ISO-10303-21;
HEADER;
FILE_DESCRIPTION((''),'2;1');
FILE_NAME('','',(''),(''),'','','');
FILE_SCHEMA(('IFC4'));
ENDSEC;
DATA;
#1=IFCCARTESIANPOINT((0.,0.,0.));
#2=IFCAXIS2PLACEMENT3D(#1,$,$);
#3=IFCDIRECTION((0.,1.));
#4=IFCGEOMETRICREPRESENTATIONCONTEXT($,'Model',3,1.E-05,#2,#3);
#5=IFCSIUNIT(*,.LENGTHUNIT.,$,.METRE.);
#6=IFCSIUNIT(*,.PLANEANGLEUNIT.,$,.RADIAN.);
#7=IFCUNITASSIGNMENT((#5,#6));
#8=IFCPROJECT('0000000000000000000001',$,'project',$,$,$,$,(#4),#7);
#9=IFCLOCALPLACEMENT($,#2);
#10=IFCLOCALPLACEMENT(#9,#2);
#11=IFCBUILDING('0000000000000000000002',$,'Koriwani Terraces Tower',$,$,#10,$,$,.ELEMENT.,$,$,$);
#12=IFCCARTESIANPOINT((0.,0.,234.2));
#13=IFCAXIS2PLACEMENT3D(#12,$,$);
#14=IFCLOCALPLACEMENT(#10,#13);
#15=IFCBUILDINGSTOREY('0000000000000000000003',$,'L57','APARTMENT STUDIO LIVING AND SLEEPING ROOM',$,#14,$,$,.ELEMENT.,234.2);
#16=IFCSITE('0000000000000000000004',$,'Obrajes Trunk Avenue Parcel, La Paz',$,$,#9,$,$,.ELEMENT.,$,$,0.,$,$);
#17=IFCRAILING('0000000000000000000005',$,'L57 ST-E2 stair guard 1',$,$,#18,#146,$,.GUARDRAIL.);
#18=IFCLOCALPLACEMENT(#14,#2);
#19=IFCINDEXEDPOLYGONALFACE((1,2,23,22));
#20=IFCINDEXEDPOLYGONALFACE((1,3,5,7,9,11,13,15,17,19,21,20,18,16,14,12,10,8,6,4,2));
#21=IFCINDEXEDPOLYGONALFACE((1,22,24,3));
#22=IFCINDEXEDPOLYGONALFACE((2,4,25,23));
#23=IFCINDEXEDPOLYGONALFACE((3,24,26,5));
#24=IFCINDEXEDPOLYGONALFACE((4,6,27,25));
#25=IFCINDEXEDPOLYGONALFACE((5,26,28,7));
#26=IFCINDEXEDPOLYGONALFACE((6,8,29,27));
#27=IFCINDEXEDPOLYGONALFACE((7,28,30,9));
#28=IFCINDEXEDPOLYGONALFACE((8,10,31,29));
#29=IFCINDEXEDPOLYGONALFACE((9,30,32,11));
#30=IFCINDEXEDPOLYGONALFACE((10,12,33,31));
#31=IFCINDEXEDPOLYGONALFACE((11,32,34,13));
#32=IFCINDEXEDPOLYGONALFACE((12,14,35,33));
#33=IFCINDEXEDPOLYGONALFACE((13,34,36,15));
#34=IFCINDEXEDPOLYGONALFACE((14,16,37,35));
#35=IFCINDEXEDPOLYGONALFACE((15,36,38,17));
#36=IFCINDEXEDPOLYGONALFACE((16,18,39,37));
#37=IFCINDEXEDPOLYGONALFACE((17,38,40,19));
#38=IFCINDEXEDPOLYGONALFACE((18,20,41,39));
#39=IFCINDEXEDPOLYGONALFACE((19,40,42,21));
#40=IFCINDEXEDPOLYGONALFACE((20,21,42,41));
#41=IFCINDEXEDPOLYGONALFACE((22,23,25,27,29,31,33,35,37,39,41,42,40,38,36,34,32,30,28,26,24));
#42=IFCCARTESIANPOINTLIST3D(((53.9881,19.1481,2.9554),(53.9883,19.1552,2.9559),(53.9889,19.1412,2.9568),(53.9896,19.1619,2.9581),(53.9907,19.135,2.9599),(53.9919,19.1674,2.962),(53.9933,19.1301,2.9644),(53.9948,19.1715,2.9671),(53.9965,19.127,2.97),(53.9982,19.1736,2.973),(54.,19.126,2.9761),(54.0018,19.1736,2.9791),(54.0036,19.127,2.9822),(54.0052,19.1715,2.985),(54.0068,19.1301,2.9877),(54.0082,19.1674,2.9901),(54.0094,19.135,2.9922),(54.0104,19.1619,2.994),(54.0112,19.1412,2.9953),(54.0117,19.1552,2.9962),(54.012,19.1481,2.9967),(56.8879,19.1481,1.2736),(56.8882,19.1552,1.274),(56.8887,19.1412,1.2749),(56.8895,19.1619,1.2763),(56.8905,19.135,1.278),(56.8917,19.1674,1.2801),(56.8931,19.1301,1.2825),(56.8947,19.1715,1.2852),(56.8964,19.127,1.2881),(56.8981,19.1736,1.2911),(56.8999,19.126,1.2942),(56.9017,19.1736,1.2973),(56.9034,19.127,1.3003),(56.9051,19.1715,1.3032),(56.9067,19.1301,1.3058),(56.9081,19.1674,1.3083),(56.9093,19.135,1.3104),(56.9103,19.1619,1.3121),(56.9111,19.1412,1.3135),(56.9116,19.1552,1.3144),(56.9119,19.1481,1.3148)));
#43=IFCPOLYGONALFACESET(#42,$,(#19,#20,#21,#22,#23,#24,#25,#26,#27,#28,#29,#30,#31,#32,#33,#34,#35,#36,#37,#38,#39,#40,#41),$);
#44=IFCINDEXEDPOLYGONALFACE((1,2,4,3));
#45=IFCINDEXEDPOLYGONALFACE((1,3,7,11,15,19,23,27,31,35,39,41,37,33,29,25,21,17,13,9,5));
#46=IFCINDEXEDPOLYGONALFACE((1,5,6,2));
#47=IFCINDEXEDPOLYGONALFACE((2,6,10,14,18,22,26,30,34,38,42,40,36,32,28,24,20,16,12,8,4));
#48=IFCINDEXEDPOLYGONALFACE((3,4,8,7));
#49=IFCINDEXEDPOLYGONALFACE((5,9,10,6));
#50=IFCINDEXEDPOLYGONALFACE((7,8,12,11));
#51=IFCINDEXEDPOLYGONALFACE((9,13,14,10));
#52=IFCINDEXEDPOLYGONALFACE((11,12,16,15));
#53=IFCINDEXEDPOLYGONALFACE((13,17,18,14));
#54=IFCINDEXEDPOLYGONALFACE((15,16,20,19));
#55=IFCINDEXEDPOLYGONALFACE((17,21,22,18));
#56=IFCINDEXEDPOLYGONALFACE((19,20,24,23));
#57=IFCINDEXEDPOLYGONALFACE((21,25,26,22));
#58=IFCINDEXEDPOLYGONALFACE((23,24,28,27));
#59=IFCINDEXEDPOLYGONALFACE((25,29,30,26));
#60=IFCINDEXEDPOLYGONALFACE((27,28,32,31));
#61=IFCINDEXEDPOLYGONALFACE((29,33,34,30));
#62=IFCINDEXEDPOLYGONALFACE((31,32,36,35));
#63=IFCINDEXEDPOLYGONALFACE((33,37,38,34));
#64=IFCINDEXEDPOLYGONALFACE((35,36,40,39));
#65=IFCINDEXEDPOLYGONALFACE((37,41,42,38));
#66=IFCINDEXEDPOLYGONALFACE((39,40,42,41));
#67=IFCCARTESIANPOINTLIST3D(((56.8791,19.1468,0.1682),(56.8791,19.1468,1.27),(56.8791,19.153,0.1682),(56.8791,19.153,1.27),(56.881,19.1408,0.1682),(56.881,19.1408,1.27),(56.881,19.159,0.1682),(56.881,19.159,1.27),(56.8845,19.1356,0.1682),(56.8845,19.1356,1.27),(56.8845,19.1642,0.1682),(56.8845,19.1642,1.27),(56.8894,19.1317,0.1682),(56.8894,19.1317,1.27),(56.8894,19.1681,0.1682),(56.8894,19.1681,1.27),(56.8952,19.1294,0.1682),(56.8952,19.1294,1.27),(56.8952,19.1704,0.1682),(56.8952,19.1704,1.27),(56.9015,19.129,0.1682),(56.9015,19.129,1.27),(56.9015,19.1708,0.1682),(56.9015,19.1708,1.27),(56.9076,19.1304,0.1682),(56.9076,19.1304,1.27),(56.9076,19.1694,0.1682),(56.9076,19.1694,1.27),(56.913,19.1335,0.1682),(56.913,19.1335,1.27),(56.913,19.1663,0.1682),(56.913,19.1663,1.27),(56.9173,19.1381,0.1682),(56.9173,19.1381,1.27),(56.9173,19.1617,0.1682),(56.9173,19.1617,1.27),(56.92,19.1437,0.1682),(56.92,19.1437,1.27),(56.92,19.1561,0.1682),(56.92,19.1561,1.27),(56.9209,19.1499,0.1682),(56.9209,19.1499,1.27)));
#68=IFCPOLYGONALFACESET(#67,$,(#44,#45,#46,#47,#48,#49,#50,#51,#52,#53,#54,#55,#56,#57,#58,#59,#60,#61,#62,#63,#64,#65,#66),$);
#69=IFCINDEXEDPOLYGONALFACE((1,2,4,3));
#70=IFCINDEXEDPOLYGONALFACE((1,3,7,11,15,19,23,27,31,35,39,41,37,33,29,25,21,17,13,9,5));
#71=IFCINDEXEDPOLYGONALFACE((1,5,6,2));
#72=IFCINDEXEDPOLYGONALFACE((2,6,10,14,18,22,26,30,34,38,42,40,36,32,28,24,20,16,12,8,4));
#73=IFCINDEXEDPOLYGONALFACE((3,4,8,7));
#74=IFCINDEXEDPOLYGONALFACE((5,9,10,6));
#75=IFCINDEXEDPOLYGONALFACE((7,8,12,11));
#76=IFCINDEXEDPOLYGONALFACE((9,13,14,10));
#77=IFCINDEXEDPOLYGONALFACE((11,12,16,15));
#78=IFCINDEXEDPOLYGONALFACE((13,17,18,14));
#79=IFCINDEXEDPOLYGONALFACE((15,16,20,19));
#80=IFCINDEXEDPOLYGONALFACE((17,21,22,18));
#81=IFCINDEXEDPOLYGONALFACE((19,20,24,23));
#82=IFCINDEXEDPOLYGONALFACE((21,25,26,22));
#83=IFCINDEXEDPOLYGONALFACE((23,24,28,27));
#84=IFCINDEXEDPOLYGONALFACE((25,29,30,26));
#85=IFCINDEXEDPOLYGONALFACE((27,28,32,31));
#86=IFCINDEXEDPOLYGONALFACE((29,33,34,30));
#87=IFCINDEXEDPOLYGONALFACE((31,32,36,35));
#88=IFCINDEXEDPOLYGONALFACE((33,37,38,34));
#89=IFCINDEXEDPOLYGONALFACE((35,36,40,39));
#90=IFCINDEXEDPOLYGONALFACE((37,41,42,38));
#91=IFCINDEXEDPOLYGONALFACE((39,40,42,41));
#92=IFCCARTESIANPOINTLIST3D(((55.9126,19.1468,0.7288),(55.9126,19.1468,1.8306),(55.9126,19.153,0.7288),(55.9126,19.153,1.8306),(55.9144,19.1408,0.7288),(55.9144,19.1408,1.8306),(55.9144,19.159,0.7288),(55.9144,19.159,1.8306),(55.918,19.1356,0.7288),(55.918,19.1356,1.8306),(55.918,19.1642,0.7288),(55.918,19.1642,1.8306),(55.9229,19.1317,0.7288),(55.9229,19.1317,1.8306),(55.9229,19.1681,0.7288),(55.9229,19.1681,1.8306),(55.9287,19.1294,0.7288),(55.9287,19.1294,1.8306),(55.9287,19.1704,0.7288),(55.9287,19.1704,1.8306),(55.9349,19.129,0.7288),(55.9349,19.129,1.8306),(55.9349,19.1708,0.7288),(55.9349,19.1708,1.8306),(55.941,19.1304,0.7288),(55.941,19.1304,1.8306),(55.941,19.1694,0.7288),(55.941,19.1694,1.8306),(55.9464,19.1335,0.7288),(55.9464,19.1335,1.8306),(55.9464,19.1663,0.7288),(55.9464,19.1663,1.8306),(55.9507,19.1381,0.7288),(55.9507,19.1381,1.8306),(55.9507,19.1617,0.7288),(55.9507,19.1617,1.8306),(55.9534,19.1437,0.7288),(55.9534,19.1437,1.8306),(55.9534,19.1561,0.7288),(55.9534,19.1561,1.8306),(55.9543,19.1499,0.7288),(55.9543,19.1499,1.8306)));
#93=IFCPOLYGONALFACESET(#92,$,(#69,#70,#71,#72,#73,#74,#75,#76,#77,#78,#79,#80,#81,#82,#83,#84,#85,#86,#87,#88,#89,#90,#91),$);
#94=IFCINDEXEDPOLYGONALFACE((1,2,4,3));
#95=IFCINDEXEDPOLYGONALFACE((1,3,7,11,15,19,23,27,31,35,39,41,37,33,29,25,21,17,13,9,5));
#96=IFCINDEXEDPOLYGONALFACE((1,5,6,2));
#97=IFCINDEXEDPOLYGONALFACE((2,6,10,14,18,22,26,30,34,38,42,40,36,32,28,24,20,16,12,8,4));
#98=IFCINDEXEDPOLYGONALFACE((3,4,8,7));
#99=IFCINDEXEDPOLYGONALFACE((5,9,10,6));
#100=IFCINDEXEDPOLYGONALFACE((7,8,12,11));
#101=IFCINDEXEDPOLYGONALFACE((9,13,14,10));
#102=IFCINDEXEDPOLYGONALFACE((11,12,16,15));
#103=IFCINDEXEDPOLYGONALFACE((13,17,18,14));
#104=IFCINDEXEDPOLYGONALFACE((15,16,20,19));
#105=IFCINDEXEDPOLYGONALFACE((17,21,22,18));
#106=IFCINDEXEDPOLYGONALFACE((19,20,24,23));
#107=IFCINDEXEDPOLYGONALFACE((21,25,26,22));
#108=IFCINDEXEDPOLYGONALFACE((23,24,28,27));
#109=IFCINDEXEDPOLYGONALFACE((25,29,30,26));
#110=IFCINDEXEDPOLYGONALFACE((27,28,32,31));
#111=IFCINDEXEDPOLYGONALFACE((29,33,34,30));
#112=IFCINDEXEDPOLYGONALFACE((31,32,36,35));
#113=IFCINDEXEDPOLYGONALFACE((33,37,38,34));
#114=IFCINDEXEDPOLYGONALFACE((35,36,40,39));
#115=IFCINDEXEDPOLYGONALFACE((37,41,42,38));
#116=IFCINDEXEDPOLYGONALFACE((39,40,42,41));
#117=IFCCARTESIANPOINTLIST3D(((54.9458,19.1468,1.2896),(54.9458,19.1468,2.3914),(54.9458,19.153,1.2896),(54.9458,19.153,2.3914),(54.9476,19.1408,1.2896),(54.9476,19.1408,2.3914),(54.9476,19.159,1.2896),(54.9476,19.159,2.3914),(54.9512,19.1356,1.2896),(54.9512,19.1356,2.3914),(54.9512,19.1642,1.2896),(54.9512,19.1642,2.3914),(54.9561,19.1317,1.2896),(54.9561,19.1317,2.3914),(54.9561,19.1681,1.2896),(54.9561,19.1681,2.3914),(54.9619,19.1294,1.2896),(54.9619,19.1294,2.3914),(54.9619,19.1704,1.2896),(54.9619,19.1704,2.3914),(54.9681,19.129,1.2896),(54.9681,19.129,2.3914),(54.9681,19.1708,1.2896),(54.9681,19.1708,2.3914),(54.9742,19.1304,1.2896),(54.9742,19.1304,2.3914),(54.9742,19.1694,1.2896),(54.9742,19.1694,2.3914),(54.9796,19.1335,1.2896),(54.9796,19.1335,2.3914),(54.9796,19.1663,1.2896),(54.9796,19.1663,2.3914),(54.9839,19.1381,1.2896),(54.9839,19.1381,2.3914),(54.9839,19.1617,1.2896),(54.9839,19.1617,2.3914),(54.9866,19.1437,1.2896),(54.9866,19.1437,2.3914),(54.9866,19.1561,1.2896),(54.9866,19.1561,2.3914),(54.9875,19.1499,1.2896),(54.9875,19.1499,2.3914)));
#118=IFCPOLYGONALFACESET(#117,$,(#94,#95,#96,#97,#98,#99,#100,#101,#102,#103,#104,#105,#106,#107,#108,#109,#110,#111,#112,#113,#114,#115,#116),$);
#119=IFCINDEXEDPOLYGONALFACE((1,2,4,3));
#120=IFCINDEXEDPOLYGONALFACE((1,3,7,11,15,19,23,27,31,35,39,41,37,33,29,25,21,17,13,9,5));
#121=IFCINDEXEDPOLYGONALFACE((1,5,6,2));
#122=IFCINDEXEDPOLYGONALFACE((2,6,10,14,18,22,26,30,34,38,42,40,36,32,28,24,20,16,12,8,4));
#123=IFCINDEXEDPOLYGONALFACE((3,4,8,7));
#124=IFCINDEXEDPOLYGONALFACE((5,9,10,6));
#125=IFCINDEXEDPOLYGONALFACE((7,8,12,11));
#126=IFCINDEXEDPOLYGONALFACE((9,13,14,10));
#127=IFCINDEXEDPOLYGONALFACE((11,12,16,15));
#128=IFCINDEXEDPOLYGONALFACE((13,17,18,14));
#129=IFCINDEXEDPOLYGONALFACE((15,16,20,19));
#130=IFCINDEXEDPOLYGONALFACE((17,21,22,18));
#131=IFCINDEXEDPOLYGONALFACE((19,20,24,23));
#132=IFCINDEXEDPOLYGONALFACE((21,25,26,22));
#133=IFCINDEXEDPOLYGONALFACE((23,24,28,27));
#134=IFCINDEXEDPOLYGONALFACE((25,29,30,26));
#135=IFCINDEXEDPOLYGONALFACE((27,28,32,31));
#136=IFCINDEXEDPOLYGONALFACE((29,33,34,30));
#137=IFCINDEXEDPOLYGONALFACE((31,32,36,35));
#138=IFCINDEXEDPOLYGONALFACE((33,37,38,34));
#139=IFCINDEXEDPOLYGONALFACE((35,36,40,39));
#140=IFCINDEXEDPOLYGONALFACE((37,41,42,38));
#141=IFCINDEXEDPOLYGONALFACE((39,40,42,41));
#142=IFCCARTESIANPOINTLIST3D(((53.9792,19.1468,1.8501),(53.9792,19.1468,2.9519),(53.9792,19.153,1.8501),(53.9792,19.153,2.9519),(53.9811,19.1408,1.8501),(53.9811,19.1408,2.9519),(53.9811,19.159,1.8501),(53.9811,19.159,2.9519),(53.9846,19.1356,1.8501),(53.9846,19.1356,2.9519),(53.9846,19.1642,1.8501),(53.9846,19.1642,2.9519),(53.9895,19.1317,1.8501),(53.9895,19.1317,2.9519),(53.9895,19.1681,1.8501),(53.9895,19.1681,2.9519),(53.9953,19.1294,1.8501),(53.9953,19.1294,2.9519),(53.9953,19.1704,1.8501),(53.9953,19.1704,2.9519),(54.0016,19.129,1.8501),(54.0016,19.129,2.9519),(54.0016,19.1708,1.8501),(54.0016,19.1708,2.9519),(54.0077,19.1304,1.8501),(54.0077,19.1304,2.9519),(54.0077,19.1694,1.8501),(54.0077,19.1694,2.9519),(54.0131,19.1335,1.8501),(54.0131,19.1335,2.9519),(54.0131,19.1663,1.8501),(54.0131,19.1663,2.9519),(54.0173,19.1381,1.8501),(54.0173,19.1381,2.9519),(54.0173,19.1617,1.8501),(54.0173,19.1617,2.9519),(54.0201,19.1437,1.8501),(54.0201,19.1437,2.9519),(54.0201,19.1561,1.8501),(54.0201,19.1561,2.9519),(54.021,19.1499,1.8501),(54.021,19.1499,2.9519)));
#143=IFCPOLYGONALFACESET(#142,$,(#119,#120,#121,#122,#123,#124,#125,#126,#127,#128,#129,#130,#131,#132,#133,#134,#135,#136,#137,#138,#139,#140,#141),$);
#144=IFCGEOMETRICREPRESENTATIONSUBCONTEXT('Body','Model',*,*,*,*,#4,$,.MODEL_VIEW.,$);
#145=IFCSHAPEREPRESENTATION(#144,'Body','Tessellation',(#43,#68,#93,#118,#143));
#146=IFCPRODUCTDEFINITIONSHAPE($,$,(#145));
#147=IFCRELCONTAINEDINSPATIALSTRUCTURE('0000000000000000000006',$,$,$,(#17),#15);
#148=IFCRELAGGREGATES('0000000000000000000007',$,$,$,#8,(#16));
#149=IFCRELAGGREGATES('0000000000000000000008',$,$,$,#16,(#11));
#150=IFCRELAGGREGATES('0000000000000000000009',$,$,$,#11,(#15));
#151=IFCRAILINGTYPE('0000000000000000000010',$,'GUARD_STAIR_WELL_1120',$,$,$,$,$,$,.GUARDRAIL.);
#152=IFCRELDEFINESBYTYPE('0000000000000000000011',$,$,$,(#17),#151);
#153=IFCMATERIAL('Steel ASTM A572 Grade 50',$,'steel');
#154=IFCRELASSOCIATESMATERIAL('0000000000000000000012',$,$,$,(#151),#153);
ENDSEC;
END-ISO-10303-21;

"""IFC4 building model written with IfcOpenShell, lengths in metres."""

from ifc_helpers import new_model, si_unit, direction, frame, origin, origin_2d, place, context, subcontext, project, spatial, circle, extrude, material, type_object, element, save


model = new_model("IFC4")

# Units and contexts
model_context = context("Model", 3, precision=1e-05, world=origin(), true_north=direction((0.0, 1.0)))
body_context = subcontext(model_context, "Body", "Model", "MODEL_VIEW")
ifc_project = project(units=[si_unit("LENGTHUNIT", "METRE"), si_unit("PLANEANGLEUNIT", "RADIAN")], contexts=[model_context])

# Site, building, storey
site_placement = place(None, origin())
site = spatial("IfcSite", under=ifc_project, at=site_placement, Name="Obrajes Trunk Avenue Parcel, La Paz", CompositionType="ELEMENT", RefElevation=0.0)
building_placement = place(site_placement, origin())
building = spatial("IfcBuilding", under=site, at=building_placement, Name="Koriwani Terraces Tower", CompositionType="ELEMENT")
storey_placement = place(building_placement, frame((0.0, 0.0, 234.2)))
storey = spatial("IfcBuildingStorey", under=building, at=storey_placement, Name="L57", Description="APARTMENT STUDIO LIVING AND SLEEPING ROOM", CompositionType="ELEMENT", Elevation=234.2)

# Shared definitions
ifc_material_1 = material(Name="Steel ASTM A572 Grade 50", Category="steel")

# Railing
railing_type_1 = type_object("IfcRailingType", Name="GUARD_STAIR_WELL_1120", PredefinedType="GUARDRAIL", material=ifc_material_1)
railing_1_placement = place(storey_placement, frame((56.8999, 19.1499, 0.1682)))
element("IfcRailing", 1, at=railing_1_placement, inside=storey, type_object=railing_type_1, Name="L57 ST-E2 stair guard 1", PredefinedType="GUARDRAIL", context=body_context, shape_type="SweptSolid", body=[
    extrude(circle(Radius=0.0239, at=origin_2d()), frame((0.0, 0.0, 1.126), z_axis=(-0.865039, 0.0, 0.501705), x_axis=(0.0, -1.0, 0.0)), (0.0, 0.0, 1.0), 3.3523),
    extrude(circle(Radius=0.021, at=origin_2d()), origin(), (0.0, 0.0, 1.0), 1.1018),
    extrude(circle(Radius=0.021, at=origin_2d()), frame((-0.9666, 0.0, 0.5605)), (0.0, 0.0, 1.0), 1.1018),
    extrude(circle(Radius=0.021, at=origin_2d()), frame((-1.9333, 0.0, 1.1213)), (0.0, 0.0, 1.0), 1.1018),
    extrude(circle(Radius=0.021, at=origin_2d()), frame((-2.8999, 0.0, 1.6819)), (0.0, 0.0, 1.0), 1.1018),
])

save(model, "model.ifc")
